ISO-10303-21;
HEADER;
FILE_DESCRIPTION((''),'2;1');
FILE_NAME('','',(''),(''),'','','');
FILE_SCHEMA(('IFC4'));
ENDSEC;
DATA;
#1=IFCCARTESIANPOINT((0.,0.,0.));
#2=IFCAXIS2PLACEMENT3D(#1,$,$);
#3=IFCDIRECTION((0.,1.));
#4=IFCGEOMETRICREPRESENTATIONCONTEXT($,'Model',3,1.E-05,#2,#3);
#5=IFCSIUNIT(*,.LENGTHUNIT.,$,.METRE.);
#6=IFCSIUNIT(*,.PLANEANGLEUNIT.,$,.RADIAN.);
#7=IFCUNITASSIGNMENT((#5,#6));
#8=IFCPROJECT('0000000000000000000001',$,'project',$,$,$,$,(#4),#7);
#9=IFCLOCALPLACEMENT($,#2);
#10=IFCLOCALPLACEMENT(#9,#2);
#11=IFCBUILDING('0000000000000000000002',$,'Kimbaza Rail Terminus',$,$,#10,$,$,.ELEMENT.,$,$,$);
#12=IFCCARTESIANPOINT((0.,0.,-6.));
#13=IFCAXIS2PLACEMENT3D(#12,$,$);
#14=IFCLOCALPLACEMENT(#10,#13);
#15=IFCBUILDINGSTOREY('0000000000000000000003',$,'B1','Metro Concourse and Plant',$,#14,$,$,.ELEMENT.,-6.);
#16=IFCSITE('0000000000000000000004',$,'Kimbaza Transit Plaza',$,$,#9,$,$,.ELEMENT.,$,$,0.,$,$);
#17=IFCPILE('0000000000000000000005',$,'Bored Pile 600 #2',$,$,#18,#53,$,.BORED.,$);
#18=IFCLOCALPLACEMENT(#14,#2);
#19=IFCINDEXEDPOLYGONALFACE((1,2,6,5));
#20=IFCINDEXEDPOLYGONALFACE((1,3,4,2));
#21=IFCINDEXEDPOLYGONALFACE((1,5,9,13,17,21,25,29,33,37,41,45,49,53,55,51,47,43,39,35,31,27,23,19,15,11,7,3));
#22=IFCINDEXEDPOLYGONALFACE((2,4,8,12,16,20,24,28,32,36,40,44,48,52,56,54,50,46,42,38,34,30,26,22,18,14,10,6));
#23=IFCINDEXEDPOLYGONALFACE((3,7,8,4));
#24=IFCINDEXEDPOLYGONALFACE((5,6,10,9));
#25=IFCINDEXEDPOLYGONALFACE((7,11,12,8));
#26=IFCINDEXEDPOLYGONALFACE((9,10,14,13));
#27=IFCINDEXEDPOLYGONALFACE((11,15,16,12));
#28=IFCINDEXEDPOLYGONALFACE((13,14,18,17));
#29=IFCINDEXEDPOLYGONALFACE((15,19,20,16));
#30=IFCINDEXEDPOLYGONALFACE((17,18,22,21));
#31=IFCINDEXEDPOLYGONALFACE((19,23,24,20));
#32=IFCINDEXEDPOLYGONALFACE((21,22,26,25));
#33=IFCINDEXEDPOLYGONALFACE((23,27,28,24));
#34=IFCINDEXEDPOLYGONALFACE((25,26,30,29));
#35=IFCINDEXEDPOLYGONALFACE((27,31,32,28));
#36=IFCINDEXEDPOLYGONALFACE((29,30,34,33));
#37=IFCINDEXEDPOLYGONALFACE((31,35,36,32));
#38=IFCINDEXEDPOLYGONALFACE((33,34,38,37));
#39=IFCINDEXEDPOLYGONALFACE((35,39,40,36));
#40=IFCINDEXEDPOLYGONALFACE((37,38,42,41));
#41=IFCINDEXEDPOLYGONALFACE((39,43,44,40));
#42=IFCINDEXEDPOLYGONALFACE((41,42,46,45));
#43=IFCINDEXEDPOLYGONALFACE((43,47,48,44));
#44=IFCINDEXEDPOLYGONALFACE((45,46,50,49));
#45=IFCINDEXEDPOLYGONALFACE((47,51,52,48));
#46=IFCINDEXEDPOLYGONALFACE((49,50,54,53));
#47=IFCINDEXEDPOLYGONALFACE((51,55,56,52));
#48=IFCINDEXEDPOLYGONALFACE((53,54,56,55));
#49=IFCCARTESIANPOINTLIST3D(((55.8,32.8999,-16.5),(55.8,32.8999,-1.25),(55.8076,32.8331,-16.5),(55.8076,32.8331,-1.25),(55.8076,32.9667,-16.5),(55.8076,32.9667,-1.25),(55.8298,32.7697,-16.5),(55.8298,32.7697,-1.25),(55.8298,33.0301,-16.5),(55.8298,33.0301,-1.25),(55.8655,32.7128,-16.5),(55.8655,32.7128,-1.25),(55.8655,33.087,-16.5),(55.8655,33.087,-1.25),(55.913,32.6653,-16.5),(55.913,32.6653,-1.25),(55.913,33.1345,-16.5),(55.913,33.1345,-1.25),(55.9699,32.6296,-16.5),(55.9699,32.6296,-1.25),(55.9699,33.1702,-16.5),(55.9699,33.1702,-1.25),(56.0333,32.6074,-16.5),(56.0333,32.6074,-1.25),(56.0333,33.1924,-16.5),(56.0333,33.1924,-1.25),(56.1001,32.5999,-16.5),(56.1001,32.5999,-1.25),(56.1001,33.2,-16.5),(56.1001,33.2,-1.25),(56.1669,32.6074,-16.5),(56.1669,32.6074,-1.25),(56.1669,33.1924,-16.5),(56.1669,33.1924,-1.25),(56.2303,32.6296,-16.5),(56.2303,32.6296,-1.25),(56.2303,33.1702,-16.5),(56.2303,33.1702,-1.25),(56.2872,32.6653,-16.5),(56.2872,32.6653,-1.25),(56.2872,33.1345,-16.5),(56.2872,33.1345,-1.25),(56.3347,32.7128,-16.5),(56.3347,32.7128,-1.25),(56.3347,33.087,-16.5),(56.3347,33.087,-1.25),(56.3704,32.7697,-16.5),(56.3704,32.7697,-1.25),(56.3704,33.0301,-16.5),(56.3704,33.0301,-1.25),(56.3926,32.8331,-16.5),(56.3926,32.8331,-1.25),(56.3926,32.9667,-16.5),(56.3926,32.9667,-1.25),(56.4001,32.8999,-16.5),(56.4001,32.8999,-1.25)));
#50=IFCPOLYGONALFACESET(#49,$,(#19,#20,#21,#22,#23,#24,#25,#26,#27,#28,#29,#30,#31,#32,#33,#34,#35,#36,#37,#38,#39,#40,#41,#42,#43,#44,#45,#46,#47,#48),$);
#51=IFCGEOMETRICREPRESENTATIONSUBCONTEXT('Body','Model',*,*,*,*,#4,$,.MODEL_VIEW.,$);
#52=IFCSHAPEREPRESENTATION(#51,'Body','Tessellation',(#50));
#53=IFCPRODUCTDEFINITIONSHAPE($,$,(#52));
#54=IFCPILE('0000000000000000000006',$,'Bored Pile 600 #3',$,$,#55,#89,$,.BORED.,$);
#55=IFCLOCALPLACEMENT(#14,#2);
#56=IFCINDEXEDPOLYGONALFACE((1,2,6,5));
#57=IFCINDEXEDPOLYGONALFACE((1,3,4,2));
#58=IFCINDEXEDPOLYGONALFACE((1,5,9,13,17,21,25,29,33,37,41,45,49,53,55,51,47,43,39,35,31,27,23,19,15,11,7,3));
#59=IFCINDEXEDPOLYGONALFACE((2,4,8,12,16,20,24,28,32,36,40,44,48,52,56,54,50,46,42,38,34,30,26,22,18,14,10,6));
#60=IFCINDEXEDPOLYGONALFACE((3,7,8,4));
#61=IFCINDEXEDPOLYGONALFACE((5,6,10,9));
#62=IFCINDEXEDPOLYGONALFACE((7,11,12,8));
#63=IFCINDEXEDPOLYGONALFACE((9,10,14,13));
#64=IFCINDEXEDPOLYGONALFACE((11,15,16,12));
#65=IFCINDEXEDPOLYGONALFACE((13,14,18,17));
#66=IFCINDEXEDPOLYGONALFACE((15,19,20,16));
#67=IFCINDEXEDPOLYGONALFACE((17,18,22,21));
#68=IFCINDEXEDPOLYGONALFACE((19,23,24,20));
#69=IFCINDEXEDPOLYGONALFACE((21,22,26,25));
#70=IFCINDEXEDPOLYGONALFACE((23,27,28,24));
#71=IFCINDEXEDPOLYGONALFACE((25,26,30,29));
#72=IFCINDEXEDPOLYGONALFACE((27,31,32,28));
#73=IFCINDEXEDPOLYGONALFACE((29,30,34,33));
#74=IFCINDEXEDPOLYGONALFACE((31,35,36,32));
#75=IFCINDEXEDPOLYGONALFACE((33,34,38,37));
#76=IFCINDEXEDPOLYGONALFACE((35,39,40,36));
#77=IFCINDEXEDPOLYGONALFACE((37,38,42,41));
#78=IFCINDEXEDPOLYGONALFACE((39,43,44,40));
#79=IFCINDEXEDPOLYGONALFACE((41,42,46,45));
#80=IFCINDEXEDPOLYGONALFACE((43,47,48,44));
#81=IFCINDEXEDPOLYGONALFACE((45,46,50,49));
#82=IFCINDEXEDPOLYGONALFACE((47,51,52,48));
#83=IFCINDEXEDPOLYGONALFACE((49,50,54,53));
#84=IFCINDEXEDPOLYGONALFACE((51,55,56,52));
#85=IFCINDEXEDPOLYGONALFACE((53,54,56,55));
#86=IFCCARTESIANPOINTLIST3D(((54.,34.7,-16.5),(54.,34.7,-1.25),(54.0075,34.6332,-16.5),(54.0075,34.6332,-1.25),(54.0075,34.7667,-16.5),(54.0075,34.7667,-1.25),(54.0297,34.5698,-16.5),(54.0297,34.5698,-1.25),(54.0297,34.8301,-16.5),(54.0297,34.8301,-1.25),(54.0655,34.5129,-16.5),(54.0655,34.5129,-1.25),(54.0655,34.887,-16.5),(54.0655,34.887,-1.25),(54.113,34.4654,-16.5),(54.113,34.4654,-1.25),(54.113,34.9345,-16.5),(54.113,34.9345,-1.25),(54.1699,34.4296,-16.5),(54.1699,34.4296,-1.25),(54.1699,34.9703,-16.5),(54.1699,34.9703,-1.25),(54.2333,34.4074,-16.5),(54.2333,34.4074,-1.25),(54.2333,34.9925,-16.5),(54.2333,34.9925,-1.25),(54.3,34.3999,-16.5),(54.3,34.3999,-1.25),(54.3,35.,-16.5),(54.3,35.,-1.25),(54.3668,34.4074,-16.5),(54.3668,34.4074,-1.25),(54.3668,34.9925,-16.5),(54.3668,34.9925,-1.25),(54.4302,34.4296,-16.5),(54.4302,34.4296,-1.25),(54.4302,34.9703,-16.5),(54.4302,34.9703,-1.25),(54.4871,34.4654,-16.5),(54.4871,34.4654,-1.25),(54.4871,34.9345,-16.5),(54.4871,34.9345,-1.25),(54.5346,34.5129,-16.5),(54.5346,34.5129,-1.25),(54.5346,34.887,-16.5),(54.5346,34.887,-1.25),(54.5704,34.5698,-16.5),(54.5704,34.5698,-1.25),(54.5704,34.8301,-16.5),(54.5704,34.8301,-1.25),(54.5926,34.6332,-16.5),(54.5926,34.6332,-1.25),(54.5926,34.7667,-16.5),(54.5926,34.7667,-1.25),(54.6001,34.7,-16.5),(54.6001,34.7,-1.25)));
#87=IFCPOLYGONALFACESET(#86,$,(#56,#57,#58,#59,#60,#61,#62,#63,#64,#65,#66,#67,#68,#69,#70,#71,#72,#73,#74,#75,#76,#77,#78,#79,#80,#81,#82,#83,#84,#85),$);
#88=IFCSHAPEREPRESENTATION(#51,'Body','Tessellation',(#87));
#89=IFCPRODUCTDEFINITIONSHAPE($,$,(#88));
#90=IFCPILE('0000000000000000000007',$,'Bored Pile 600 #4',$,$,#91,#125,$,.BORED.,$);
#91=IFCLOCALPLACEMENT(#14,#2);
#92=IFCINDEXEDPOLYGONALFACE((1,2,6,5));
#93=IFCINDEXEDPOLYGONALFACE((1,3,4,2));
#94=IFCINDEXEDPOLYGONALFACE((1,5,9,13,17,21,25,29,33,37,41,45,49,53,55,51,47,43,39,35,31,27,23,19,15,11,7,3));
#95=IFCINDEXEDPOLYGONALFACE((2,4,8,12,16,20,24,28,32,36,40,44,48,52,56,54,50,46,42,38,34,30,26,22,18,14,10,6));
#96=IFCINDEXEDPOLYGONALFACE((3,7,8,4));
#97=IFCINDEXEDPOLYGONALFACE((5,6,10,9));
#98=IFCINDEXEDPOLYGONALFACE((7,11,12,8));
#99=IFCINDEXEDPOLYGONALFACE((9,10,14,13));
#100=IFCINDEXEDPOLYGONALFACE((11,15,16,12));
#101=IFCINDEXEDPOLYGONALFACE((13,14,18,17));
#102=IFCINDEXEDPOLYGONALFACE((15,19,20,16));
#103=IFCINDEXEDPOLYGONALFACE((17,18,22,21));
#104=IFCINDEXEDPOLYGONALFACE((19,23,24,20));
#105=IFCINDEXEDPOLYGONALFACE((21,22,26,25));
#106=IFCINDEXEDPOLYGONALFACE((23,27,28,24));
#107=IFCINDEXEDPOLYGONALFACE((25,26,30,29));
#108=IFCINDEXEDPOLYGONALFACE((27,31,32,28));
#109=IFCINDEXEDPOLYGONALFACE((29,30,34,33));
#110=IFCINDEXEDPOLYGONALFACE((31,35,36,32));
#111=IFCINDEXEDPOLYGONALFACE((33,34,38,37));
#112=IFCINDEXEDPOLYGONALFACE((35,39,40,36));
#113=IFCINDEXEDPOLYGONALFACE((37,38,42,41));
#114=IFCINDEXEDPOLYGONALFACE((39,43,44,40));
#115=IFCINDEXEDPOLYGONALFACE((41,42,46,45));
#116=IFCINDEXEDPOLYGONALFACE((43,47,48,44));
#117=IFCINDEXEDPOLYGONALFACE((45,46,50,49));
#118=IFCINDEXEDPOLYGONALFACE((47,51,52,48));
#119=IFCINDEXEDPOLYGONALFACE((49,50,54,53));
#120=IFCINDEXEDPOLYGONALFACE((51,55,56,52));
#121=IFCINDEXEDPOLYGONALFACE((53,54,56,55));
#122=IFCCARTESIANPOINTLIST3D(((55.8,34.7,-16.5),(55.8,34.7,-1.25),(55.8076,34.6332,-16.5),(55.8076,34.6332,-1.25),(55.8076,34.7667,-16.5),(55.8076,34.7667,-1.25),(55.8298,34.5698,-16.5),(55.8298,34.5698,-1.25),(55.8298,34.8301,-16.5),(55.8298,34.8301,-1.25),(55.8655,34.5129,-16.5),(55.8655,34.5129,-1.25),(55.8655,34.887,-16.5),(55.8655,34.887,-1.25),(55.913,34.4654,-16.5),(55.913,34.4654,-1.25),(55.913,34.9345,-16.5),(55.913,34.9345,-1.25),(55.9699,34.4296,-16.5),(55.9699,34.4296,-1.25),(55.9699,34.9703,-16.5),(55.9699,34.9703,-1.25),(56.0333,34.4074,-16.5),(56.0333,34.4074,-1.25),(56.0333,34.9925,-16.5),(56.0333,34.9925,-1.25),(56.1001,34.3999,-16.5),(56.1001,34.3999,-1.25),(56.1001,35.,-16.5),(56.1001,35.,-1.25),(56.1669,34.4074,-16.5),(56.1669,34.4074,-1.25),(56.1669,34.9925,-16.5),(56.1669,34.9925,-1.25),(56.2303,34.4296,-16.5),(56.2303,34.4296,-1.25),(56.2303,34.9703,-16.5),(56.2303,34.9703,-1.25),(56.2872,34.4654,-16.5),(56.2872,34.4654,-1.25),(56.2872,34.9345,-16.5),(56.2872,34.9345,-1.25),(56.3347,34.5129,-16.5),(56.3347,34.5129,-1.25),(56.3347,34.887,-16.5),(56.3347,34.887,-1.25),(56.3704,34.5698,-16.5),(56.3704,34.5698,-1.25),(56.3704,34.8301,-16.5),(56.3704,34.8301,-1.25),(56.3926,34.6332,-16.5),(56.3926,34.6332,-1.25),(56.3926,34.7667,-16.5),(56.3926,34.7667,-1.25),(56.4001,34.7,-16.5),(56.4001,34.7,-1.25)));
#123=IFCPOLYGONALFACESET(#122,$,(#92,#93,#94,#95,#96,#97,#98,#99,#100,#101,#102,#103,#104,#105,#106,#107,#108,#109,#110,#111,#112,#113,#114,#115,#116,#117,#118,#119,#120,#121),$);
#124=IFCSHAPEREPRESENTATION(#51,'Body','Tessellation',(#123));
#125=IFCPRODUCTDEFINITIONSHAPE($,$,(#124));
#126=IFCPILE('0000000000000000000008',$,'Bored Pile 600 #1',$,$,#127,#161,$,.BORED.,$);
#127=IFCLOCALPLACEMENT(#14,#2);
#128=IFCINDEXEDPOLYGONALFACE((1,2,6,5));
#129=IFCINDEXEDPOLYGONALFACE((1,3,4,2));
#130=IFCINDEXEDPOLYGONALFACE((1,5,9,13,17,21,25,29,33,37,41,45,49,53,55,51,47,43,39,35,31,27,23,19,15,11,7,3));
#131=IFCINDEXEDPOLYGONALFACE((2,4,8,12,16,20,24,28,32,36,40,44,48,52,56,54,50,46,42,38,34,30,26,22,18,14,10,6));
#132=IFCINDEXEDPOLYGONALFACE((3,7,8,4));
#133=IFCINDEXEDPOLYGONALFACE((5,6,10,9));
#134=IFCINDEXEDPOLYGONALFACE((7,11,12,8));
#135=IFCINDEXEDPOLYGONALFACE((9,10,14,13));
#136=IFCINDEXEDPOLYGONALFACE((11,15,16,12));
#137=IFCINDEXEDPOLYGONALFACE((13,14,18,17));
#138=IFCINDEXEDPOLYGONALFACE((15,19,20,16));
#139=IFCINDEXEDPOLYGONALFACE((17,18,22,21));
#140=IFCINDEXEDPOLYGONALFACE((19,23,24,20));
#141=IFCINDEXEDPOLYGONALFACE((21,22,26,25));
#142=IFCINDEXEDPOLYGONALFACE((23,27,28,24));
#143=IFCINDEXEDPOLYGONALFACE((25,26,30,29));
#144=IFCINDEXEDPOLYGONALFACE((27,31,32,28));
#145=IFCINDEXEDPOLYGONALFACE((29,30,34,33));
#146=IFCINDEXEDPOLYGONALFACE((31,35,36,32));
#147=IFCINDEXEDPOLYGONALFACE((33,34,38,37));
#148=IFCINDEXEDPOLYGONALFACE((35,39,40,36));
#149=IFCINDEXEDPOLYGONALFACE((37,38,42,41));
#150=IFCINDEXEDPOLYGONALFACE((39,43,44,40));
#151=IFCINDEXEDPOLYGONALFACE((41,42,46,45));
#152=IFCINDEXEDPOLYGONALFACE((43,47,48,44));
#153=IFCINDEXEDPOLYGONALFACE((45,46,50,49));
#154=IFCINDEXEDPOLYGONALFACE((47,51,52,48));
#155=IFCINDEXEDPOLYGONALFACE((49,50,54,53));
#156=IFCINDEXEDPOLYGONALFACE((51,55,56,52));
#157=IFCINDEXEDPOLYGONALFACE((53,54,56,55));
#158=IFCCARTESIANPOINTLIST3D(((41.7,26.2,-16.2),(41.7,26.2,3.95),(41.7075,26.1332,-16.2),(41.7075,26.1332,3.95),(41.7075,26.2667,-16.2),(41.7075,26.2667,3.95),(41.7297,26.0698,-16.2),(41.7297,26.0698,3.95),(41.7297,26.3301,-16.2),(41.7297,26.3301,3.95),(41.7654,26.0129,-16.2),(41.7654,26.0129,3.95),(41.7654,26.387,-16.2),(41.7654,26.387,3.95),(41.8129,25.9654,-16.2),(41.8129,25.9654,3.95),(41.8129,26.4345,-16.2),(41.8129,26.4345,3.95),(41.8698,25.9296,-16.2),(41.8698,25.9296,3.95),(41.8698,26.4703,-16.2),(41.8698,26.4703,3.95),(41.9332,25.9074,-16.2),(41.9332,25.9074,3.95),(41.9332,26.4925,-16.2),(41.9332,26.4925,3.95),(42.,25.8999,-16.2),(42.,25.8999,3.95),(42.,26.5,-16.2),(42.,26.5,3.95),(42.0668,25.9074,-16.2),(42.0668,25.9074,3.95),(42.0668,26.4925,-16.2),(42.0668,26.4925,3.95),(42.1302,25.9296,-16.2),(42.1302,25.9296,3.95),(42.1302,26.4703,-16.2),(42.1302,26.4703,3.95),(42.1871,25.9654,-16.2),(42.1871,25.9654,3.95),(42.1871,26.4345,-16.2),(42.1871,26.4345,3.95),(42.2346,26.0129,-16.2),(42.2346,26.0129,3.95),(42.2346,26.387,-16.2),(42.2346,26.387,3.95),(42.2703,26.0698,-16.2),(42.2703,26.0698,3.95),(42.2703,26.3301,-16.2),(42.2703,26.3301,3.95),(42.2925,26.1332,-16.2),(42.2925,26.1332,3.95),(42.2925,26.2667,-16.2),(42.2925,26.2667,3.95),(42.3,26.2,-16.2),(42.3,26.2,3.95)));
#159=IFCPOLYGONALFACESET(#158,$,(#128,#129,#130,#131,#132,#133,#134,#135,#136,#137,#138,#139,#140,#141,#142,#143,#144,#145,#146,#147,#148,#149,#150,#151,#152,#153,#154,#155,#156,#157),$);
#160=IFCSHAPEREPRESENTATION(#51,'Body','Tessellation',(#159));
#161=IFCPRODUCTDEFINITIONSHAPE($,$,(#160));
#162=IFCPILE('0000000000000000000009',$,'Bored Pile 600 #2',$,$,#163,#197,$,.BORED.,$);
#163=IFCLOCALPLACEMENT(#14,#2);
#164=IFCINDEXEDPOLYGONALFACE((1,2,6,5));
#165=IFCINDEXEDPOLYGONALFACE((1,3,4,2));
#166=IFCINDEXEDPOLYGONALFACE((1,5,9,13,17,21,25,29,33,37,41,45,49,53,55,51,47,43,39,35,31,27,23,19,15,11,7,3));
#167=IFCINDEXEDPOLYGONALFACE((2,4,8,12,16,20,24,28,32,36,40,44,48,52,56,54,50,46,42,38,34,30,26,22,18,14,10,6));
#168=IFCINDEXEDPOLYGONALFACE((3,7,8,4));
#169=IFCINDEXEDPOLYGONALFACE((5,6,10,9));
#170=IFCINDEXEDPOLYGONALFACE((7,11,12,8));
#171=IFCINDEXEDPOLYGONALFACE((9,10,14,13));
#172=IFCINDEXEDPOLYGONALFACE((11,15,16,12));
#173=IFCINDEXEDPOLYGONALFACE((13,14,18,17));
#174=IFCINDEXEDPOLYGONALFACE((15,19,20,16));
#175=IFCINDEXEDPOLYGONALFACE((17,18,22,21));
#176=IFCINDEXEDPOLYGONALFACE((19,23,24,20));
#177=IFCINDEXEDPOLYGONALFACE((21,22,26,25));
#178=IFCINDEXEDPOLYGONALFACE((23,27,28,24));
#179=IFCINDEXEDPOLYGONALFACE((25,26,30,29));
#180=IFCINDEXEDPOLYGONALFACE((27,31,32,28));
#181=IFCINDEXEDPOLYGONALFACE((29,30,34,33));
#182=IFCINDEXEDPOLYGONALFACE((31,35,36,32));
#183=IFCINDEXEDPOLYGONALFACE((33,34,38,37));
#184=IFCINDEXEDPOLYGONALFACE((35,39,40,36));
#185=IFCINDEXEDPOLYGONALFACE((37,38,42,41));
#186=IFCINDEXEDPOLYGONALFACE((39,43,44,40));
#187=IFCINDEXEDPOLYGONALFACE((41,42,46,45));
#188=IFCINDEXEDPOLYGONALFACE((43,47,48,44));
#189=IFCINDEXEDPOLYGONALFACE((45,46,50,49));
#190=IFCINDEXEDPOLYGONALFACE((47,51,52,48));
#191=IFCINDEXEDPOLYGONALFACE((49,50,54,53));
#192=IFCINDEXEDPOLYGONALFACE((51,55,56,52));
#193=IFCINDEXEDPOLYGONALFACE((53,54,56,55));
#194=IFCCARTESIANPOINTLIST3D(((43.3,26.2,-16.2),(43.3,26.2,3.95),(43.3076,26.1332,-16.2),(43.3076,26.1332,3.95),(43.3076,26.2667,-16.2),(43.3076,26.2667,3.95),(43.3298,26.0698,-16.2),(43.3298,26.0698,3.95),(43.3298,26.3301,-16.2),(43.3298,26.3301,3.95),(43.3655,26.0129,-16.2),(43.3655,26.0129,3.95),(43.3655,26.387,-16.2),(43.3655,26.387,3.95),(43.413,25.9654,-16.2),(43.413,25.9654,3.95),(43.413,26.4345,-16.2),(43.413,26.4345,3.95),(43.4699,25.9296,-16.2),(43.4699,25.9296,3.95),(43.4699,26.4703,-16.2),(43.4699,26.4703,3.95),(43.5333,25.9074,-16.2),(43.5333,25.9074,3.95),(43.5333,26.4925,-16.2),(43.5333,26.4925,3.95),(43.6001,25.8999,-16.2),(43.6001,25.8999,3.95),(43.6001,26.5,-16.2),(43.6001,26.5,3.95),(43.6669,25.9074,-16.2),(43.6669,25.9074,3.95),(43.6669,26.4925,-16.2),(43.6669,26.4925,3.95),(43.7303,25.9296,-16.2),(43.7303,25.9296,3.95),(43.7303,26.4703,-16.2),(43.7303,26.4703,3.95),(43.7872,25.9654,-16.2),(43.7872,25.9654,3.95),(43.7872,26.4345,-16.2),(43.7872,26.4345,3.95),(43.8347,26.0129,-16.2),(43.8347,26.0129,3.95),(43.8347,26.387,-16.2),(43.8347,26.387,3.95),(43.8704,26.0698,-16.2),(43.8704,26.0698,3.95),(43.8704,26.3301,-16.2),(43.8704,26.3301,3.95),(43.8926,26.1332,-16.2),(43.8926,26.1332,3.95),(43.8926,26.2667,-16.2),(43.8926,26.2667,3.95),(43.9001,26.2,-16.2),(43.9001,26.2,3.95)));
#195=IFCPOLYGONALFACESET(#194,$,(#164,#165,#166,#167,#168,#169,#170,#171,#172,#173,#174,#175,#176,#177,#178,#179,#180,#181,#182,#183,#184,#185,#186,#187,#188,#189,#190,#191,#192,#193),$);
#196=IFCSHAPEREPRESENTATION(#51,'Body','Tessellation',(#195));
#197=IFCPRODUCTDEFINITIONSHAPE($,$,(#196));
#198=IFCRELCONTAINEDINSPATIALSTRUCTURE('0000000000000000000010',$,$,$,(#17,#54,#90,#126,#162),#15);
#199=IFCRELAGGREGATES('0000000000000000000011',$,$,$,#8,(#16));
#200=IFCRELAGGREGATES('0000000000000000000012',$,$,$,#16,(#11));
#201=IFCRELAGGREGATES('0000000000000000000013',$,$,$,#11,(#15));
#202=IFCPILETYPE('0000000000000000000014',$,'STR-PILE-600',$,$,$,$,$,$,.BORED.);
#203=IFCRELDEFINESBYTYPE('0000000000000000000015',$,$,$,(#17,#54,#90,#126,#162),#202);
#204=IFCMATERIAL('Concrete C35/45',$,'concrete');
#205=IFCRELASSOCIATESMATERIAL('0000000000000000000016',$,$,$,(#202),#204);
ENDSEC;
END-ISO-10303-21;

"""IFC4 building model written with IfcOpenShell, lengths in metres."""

from ifc_helpers import new_model, si_unit, direction, frame, origin, origin_2d, place, context, subcontext, project, spatial, circle, extrude, material, material_profile, profile_set, type_object, element, save


model = new_model("IFC4")

# Units and contexts
model_context = context("Model", 3, precision=1e-05, world=origin(), true_north=direction((0.0, 1.0)))
body_context = subcontext(model_context, "Body", "Model", "MODEL_VIEW")
ifc_project = project(units=[si_unit("LENGTHUNIT", "METRE"), si_unit("PLANEANGLEUNIT", "RADIAN")], contexts=[model_context])

# Site, building, storey
site_placement = place(None, origin())
site = spatial("IfcSite", under=ifc_project, at=site_placement, Name="Kimbaza Transit Plaza", CompositionType="ELEMENT", RefElevation=0.0)
building_placement = place(site_placement, origin())
building = spatial("IfcBuilding", under=site, at=building_placement, Name="Kimbaza Rail Terminus", CompositionType="ELEMENT")
storey_placement = place(building_placement, frame((0.0, 0.0, -6.0)))
storey = spatial("IfcBuildingStorey", under=building, at=storey_placement, Name="B1", Description="Metro Concourse and Plant", CompositionType="ELEMENT", Elevation=-6.0)

# Piles
ifc_material_1 = material(Name="Concrete C35/45", Category="concrete")
ifc_material_profile_1 = material_profile(ifc_material_1, circle(Radius=0.3, at=origin_2d()), Name="BORED PILE 600")
ifc_profile_set_1 = profile_set([ifc_material_profile_1], Name="Concrete C35/45")
pile_type_1 = type_object("IfcPileType", Name="STR-PILE-600", PredefinedType="BORED", material=ifc_profile_set_1)
for number, where, z_axis, x_axis, name in (
    (1, (56.1001, 32.8999, -1.25), (0.0, 0.0, -1.0), (1.0, 0.0, 0.0), "Bored Pile 600 #2"),
    (2, (54.3, 34.7, -1.25), (0.0, 0.0, -1.0), (1.0, 0.0, 0.0), "Bored Pile 600 #3"),
    (3, (56.1001, 34.7, -1.25), (0.0, 0.0, -1.0), (1.0, 0.0, 0.0), "Bored Pile 600 #4"),
):
    element("IfcPile", number, at=place(storey_placement, frame(where, z_axis=z_axis, x_axis=x_axis)), inside=storey, type_object=pile_type_1, Name=name, PredefinedType="BORED", context=body_context, shape_type="SweptSolid", body=[
        extrude(circle(Radius=0.3, at=origin_2d()), origin(), (0.0, 0.0, 1.0), 15.25),
    ])
for number, where, z_axis, x_axis, name in (
    (4, (42.0, 26.2, 3.95), (0.0, 0.0, -1.0), (1.0, 0.0, 0.0), "Bored Pile 600 #1"),
    (5, (43.6001, 26.2, 3.95), (0.0, 0.0, -1.0), (1.0, 0.0, 0.0), "Bored Pile 600 #2"),
):
    element("IfcPile", number, at=place(storey_placement, frame(where, z_axis=z_axis, x_axis=x_axis)), inside=storey, type_object=pile_type_1, Name=name, PredefinedType="BORED", context=body_context, shape_type="SweptSolid", body=[
        extrude(circle(Radius=0.3, at=origin_2d()), origin(), (0.0, 0.0, 1.0), 20.1499),
    ])

save(model, "model.ifc")
